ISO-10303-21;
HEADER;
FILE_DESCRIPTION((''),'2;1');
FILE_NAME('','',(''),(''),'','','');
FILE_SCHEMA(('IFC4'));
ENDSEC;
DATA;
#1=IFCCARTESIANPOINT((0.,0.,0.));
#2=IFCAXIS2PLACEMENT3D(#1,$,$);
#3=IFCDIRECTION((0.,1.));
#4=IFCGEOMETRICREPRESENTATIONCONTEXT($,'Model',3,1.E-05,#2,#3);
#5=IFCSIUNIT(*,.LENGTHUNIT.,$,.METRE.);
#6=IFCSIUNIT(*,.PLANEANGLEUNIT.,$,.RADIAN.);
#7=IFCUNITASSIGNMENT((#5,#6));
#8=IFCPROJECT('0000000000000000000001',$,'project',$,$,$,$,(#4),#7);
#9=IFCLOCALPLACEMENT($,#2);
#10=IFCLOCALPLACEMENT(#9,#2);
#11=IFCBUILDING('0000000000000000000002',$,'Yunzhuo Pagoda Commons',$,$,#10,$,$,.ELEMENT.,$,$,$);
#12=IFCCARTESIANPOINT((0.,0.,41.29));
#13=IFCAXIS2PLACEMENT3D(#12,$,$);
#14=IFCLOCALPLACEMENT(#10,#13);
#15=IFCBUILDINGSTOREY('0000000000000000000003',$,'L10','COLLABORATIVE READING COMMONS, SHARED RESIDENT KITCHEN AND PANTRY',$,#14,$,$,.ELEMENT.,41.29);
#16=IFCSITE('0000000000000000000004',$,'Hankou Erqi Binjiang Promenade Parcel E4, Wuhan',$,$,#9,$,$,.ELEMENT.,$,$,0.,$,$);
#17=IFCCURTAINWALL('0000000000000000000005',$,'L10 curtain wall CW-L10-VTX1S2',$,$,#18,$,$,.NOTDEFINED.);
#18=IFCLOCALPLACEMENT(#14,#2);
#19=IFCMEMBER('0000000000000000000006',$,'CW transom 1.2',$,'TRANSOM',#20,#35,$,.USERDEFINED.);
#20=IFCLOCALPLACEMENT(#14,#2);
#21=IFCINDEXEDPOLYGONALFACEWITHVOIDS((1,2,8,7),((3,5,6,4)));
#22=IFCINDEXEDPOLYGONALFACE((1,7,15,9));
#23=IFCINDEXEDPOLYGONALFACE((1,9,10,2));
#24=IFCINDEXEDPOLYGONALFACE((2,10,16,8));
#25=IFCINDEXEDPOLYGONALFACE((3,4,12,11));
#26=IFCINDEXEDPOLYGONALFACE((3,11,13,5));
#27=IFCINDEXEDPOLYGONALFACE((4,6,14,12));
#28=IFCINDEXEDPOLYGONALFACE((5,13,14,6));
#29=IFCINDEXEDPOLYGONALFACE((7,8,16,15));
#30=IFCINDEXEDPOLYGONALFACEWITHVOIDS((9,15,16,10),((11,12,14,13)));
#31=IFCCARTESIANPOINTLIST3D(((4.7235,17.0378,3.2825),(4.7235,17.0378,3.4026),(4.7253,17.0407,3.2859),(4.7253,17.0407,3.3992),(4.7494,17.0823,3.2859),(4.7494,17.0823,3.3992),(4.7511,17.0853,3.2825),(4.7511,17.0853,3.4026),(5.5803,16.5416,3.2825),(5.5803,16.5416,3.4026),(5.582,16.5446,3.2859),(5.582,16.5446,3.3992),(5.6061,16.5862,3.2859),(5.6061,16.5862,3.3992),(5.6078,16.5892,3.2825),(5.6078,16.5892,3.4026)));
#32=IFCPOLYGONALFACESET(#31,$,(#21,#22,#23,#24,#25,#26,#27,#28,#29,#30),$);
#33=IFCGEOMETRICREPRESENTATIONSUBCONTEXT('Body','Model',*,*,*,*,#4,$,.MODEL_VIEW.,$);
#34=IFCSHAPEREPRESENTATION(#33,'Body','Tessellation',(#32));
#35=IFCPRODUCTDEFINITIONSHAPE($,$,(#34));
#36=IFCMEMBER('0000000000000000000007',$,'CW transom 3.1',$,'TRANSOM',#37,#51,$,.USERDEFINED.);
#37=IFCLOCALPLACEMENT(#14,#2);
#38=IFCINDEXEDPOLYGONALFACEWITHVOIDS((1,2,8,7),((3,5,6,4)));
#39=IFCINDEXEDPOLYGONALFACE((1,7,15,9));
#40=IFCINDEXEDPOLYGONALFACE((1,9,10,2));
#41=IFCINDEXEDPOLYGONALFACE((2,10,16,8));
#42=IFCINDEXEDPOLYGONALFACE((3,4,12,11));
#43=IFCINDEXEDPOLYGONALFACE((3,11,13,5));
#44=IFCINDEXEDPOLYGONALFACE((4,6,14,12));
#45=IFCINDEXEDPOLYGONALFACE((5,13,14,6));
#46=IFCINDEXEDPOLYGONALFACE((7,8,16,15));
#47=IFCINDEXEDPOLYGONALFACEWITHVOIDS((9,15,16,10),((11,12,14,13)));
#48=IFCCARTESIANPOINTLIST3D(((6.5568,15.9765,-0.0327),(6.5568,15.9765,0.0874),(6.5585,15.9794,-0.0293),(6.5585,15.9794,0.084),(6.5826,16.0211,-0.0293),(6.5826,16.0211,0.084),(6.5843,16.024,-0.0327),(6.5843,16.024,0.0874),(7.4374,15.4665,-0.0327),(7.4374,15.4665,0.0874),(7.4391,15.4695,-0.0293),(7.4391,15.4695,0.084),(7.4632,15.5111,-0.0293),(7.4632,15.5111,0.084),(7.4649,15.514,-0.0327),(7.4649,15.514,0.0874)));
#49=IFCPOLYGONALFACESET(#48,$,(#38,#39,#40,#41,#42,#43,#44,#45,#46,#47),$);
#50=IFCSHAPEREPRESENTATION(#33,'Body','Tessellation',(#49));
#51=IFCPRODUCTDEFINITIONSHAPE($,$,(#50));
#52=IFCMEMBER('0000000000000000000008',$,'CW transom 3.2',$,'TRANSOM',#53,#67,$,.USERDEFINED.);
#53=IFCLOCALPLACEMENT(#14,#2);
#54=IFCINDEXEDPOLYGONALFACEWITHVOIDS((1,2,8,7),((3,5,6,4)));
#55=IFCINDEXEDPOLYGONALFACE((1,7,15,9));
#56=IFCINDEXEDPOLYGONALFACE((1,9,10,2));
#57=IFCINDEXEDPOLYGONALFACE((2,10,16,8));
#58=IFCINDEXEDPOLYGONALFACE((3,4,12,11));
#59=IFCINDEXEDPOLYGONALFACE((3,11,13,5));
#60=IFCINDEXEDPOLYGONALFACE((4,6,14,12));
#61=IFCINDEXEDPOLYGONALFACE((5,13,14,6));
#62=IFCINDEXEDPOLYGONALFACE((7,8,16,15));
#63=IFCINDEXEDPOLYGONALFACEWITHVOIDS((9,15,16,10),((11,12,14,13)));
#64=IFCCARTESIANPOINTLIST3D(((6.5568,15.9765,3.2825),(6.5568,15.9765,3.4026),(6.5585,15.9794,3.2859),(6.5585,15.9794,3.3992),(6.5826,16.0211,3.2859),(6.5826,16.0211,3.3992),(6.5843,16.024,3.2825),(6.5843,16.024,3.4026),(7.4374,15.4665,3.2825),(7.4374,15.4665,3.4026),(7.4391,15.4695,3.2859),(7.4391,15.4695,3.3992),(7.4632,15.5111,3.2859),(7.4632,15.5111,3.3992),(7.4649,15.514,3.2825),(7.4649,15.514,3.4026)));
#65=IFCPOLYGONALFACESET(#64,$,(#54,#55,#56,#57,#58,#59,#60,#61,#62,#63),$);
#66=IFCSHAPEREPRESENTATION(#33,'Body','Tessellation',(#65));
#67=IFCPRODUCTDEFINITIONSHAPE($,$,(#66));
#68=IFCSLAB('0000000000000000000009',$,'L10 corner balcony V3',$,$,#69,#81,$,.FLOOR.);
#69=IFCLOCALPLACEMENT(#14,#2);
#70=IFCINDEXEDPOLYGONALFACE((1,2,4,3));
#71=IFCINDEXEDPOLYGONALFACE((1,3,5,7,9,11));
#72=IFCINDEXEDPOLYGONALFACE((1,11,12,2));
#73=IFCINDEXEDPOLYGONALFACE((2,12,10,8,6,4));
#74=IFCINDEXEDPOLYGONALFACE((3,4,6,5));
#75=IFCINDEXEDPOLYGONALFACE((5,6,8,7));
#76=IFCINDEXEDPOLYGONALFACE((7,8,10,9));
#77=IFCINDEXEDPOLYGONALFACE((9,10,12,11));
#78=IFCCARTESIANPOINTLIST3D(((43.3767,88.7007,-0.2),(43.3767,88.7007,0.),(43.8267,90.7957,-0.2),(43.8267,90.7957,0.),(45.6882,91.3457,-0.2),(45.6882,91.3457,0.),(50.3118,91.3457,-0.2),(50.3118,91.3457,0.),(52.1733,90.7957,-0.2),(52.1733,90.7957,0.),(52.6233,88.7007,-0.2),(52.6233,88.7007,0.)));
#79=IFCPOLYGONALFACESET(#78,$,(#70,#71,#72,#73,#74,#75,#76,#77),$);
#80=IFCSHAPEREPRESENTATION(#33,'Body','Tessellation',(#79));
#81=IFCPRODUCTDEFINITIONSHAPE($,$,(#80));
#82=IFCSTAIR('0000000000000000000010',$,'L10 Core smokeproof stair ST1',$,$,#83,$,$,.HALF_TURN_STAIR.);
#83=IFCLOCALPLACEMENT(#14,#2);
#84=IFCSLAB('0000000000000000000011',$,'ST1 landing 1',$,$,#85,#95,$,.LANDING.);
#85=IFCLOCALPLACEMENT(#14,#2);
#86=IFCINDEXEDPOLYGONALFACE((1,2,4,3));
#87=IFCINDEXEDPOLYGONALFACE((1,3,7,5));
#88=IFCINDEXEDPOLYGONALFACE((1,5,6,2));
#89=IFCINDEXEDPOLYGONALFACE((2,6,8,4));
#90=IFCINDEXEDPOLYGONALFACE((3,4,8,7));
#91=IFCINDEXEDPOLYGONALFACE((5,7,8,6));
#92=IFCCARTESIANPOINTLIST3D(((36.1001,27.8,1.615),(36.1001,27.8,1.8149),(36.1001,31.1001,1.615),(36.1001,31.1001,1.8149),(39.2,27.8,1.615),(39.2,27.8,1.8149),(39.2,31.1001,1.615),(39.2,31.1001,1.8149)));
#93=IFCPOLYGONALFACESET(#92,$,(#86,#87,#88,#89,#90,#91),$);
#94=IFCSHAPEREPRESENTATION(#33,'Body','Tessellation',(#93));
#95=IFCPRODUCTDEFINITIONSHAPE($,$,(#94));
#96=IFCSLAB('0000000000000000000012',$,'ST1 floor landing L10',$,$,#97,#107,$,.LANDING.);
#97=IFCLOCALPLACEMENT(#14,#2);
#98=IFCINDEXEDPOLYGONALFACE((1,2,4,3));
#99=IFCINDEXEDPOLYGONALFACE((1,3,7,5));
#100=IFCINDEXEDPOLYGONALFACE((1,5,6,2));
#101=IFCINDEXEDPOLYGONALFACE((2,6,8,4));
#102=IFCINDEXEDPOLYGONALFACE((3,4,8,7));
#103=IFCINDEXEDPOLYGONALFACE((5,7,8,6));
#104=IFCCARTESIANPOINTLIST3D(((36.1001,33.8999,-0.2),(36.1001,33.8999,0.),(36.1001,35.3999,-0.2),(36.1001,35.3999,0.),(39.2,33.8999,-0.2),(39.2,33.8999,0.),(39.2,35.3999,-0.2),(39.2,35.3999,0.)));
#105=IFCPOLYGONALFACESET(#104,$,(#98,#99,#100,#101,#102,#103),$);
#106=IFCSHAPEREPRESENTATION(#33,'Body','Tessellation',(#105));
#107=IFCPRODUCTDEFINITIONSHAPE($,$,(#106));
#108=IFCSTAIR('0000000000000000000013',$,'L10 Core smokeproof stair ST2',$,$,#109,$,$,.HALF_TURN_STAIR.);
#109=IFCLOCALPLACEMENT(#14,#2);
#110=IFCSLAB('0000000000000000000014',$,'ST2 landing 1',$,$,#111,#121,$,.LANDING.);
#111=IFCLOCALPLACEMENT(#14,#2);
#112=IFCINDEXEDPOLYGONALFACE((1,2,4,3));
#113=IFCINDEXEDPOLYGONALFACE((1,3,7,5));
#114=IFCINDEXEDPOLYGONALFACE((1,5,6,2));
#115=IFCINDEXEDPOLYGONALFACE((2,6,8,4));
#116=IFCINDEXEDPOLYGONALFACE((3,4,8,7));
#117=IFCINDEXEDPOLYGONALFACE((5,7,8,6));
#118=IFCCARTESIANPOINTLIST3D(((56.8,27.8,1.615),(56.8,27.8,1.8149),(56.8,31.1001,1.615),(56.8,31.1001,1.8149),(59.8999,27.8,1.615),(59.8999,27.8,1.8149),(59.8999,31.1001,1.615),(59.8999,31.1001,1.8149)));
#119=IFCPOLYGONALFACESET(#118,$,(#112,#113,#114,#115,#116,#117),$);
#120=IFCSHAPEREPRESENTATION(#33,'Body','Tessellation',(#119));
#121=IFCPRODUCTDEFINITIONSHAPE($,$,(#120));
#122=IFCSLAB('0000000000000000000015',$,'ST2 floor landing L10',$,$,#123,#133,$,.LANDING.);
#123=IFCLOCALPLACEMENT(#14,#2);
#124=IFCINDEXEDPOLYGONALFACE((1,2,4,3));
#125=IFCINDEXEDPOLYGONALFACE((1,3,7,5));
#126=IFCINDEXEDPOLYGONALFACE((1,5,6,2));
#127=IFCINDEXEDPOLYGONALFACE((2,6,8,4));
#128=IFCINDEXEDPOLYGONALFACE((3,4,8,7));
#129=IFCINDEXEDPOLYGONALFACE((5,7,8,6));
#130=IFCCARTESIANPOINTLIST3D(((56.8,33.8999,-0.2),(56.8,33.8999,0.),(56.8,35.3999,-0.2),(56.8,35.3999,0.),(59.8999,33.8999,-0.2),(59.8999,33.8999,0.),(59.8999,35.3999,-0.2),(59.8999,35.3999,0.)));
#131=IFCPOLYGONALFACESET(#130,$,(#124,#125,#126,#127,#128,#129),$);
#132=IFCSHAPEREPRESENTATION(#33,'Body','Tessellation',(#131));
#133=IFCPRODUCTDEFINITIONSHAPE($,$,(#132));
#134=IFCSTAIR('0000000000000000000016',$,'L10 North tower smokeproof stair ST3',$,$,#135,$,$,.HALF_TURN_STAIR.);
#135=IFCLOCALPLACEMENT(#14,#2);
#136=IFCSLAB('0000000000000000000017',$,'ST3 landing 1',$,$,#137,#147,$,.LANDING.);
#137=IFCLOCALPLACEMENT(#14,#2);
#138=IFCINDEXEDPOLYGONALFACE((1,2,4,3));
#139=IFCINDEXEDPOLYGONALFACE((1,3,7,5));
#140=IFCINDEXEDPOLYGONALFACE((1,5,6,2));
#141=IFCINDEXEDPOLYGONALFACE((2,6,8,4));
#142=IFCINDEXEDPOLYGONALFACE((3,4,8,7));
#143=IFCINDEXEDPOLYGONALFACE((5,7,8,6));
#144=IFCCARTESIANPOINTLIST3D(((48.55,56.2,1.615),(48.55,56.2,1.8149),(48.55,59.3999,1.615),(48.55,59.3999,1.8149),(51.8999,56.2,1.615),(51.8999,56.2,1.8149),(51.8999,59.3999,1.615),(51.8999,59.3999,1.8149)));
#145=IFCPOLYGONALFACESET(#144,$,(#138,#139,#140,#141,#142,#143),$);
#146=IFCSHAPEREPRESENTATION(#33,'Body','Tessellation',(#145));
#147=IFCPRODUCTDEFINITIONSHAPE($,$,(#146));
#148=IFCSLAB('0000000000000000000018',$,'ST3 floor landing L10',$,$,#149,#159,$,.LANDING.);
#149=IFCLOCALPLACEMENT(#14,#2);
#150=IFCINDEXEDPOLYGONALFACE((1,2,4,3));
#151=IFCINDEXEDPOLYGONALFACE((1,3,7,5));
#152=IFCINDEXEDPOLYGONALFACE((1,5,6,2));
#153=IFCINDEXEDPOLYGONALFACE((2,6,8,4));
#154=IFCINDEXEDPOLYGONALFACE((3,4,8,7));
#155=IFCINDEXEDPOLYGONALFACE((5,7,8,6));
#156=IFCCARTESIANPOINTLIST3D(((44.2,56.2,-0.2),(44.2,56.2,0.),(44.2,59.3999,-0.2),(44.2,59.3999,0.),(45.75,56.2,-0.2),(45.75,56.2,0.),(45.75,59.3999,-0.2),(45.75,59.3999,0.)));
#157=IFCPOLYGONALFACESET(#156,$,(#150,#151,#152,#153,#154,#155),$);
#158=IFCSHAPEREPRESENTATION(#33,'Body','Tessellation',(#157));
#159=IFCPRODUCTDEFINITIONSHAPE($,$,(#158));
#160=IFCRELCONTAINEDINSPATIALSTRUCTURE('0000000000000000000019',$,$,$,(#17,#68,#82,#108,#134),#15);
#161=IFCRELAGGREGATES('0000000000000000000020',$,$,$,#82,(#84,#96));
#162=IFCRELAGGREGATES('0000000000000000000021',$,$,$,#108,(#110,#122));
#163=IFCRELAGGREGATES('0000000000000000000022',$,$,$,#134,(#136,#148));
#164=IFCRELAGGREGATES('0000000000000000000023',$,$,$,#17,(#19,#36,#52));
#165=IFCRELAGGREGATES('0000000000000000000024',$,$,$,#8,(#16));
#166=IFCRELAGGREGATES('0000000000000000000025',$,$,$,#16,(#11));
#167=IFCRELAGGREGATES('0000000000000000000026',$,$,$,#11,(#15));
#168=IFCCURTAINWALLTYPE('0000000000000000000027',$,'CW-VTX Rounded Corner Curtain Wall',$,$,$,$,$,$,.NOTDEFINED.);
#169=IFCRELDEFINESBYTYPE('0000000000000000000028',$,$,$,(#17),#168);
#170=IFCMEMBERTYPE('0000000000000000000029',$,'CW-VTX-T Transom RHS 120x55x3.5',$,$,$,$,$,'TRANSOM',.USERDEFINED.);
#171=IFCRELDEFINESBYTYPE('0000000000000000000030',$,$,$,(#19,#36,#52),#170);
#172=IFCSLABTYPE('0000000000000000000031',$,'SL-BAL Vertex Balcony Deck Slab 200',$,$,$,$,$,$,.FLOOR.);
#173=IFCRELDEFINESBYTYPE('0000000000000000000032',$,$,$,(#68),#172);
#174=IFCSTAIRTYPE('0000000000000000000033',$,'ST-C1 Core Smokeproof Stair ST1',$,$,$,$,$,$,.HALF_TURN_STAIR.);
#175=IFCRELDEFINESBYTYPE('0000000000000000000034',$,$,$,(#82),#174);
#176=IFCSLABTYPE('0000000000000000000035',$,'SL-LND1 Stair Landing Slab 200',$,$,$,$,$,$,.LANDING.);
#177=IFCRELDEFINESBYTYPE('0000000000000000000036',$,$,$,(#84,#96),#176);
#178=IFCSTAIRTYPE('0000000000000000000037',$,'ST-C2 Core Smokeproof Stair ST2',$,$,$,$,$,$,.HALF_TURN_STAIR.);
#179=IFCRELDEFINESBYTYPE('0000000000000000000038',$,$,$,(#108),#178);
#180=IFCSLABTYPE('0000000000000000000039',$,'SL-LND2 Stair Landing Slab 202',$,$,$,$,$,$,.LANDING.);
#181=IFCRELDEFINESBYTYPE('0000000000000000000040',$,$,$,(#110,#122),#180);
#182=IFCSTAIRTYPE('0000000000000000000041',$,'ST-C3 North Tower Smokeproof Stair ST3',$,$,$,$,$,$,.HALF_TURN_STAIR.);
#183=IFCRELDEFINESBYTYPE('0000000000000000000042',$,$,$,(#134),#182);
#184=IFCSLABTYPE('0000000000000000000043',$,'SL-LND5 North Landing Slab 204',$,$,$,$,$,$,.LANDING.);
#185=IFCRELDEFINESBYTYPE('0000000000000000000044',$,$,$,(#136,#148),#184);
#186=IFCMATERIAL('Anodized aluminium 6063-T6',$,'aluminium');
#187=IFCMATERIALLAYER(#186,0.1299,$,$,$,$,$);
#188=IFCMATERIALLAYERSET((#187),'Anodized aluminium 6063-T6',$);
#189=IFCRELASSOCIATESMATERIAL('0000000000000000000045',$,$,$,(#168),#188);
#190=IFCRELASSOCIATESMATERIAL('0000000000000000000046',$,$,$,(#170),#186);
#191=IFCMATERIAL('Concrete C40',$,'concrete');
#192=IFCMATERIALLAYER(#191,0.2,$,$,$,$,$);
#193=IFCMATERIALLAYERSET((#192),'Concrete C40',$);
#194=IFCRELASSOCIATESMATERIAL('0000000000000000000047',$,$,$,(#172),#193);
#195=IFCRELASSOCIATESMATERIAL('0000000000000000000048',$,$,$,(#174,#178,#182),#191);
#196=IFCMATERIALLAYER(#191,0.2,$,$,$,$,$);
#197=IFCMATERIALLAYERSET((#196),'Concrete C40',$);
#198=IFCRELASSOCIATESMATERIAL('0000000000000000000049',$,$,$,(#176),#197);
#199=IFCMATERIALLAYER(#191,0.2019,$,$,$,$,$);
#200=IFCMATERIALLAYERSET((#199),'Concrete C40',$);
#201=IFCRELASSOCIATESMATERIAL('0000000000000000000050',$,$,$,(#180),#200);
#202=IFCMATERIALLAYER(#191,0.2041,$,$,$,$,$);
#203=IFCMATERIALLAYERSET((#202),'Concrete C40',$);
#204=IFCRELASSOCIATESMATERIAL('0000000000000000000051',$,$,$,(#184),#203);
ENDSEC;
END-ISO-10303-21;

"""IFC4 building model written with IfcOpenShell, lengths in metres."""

from ifc_helpers import new_model, si_unit, direction, frame, origin, origin_2d, place, context, subcontext, project, spatial, polyline, hollow_rectangle, outline, extrude, source, transform, mapped, material, layer, layer_set, material_profile, profile_set, type_object, element, aggregate, save


model = new_model("IFC4")

# Units and contexts
model_context = context("Model", 3, precision=1e-05, world=origin(), true_north=direction((0.0, 1.0)))
body_context = subcontext(model_context, "Body", "Model", "MODEL_VIEW")
ifc_project = project(units=[si_unit("LENGTHUNIT", "METRE"), si_unit("PLANEANGLEUNIT", "RADIAN")], contexts=[model_context])

# Site, building, storey
site_placement = place(None, origin())
site = spatial("IfcSite", under=ifc_project, at=site_placement, Name="Hankou Erqi Binjiang Promenade Parcel E4, Wuhan", CompositionType="ELEMENT", RefElevation=0.0)
building_placement = place(site_placement, origin())
building = spatial("IfcBuilding", under=site, at=building_placement, Name="Yunzhuo Pagoda Commons", CompositionType="ELEMENT")
storey_placement = place(building_placement, frame((0.0, 0.0, 41.29)))
storey = spatial("IfcBuildingStorey", under=building, at=storey_placement, Name="L10", Description="COLLABORATIVE READING COMMONS, SHARED RESIDENT KITCHEN AND PANTRY", CompositionType="ELEMENT", Elevation=41.29)

# Curtain wall
ifc_material_1 = material(Name="Anodized aluminium 6063-T6", Category="aluminium")
ifc_layer_1 = layer(ifc_material_1, 0.1299)
ifc_layer_set_1 = layer_set([ifc_layer_1], Name="Anodized aluminium 6063-T6")
curtain_wall_type = type_object("IfcCurtainWallType", Name="CW-VTX Rounded Corner Curtain Wall", PredefinedType="NOTDEFINED", material=ifc_layer_set_1)
curtain_wall_1_placement = place(storey_placement, origin())
curtain_wall_1 = element("IfcCurtainWall", 1, at=curtain_wall_1_placement, inside=storey, type_object=curtain_wall_type, Name="L10 curtain wall CW-L10-VTX1S2", PredefinedType="NOTDEFINED")
ifc_material_profile_1 = material_profile(ifc_material_1, hollow_rectangle(XDim=0.0549, YDim=0.1201, WallThickness=0.0034, at=origin_2d()), Name="Anodized aluminium 6063-T6")
ifc_profile_set_1 = profile_set([ifc_material_profile_1], Name="Anodized aluminium 6063-T6")
member_type_1 = type_object("IfcMemberType", Name="CW-VTX-T Transom RHS 120x55x3.5", ElementType="TRANSOM", PredefinedType="USERDEFINED", material=ifc_profile_set_1)

# Members
shared_shape_1 = source(origin(), body_context, "Body", "SweptSolid", [
    extrude(hollow_rectangle(XDim=0.0549, YDim=0.1201, WallThickness=0.0034, at=origin_2d()), origin(), (0.0, 0.0, 1.0), 0.99),
])
member_1_placement = place(storey_placement, frame((4.7373, 17.0615, 3.3425), z_axis=(0.865376, -0.501124, 0.0), x_axis=(0.501124, 0.865376, 0.0)))
member_1 = element("IfcMember", 2, at=member_1_placement, type_object=member_type_1, Name="CW transom 1.2", ObjectType="TRANSOM", PredefinedType="USERDEFINED", context=body_context, shape_type="MappedRepresentation", body=[
    mapped(shared_shape_1, transform((0.0, 0.0, 0.0), scale=1.0)),
])
shared_shape_2 = source(origin(), body_context, "Body", "SweptSolid", [
    extrude(hollow_rectangle(XDim=0.0549, YDim=0.1201, WallThickness=0.0034, at=origin_2d()), origin(), (0.0, 0.0, 1.0), 1.0176),
])
member_2_placement = place(storey_placement, frame((6.5706, 16.0002, 0.0273), z_axis=(0.86535, -0.501169, 0.0), x_axis=(0.501169, 0.86535, 0.0)))
member_2 = element("IfcMember", 3, at=member_2_placement, type_object=member_type_1, Name="CW transom 3.1", ObjectType="TRANSOM", PredefinedType="USERDEFINED", context=body_context, shape_type="MappedRepresentation", body=[
    mapped(shared_shape_2, transform((0.0, 0.0, 0.0), scale=1.0)),
])
member_3_placement = place(storey_placement, frame((6.5706, 16.0002, 3.3425), z_axis=(0.86535, -0.501169, 0.0), x_axis=(0.501169, 0.86535, 0.0)))
member_3 = element("IfcMember", 4, at=member_3_placement, type_object=member_type_1, Name="CW transom 3.2", ObjectType="TRANSOM", PredefinedType="USERDEFINED", context=body_context, shape_type="MappedRepresentation", body=[
    mapped(shared_shape_2, transform((0.0, 0.0, 0.0), scale=1.0)),
])

# Slab
ifc_material_2 = material(Name="Concrete C40", Category="concrete")
ifc_layer_2 = layer(ifc_material_2, 0.2)
ifc_layer_set_2 = layer_set([ifc_layer_2], Name="Concrete C40")
slab_type_1 = type_object("IfcSlabType", Name="SL-BAL Vertex Balcony Deck Slab 200", PredefinedType="FLOOR", material=ifc_layer_set_2)
slab_1_placement = place(storey_placement, frame((0.0, 0.0, -0.2)))
element("IfcSlab", 5, at=slab_1_placement, inside=storey, type_object=slab_type_1, Name="L10 corner balcony V3", PredefinedType="FLOOR", context=body_context, shape_type="SweptSolid", body=[
    extrude(outline(polyline([(52.6233, 88.7007), (43.3767, 88.7007), (43.8267, 90.7957), (45.6882, 91.3457), (50.3118, 91.3457), (52.1733, 90.7957), (52.6233, 88.7007)])), origin(), (0.0, 0.0, 1.0), 0.2),
])

# Stairs, slabs
stair_type_1 = type_object("IfcStairType", Name="ST-C1 Core Smokeproof Stair ST1", PredefinedType="HALF_TURN_STAIR", material=ifc_material_2)
stair_1_placement = place(storey_placement, origin())
stair_1 = element("IfcStair", 6, at=stair_1_placement, inside=storey, type_object=stair_type_1, Name="L10 Core smokeproof stair ST1", PredefinedType="HALF_TURN_STAIR")
ifc_layer_3 = layer(ifc_material_2, 0.2)
ifc_layer_set_3 = layer_set([ifc_layer_3], Name="Concrete C40")
slab_type_2 = type_object("IfcSlabType", Name="SL-LND1 Stair Landing Slab 200", PredefinedType="LANDING", material=ifc_layer_set_3)
slab_2_placement = place(storey_placement, frame((0.0, 0.0, 1.615)))
slab_2 = element("IfcSlab", 7, at=slab_2_placement, type_object=slab_type_2, Name="ST1 landing 1", PredefinedType="LANDING", context=body_context, shape_type="SweptSolid", body=[
    extrude(outline(polyline([(36.1001, 31.1001), (36.1001, 27.8), (39.2, 27.8), (39.2, 31.1001), (36.1001, 31.1001)])), origin(), (0.0, 0.0, 1.0), 0.2),
])
slab_3_placement = place(storey_placement, frame((0.0, 0.0, -0.2)))
slab_3 = element("IfcSlab", 8, at=slab_3_placement, type_object=slab_type_2, Name="ST1 floor landing L10", PredefinedType="LANDING", context=body_context, shape_type="SweptSolid", body=[
    extrude(outline(polyline([(36.1001, 35.3999), (36.1001, 33.8999), (39.2, 33.8999), (39.2, 35.3999), (36.1001, 35.3999)])), origin(), (0.0, 0.0, 1.0), 0.2),
])
aggregate(stair_1, [slab_2, slab_3])
stair_type_2 = type_object("IfcStairType", Name="ST-C2 Core Smokeproof Stair ST2", PredefinedType="HALF_TURN_STAIR", material=ifc_material_2)
stair_2_placement = place(storey_placement, origin())
stair_2 = element("IfcStair", 9, at=stair_2_placement, inside=storey, type_object=stair_type_2, Name="L10 Core smokeproof stair ST2", PredefinedType="HALF_TURN_STAIR")
ifc_layer_4 = layer(ifc_material_2, 0.2019)
ifc_layer_set_4 = layer_set([ifc_layer_4], Name="Concrete C40")
slab_type_3 = type_object("IfcSlabType", Name="SL-LND2 Stair Landing Slab 202", PredefinedType="LANDING", material=ifc_layer_set_4)
slab_4_placement = place(storey_placement, frame((0.0, 0.0, 1.615)))
slab_4 = element("IfcSlab", 10, at=slab_4_placement, type_object=slab_type_3, Name="ST2 landing 1", PredefinedType="LANDING", context=body_context, shape_type="SweptSolid", body=[
    extrude(outline(polyline([(56.8, 31.1001), (56.8, 27.8), (59.8999, 27.8), (59.8999, 31.1001), (56.8, 31.1001)])), origin(), (0.0, 0.0, 1.0), 0.2),
])
slab_5_placement = place(storey_placement, frame((0.0, 0.0, -0.2)))
slab_5 = element("IfcSlab", 11, at=slab_5_placement, type_object=slab_type_3, Name="ST2 floor landing L10", PredefinedType="LANDING", context=body_context, shape_type="SweptSolid", body=[
    extrude(outline(polyline([(56.8, 35.3999), (56.8, 33.8999), (59.8999, 33.8999), (59.8999, 35.3999), (56.8, 35.3999)])), origin(), (0.0, 0.0, 1.0), 0.2),
])
aggregate(stair_2, [slab_4, slab_5])
stair_type_3 = type_object("IfcStairType", Name="ST-C3 North Tower Smokeproof Stair ST3", PredefinedType="HALF_TURN_STAIR", material=ifc_material_2)
stair_3_placement = place(storey_placement, origin())
stair_3 = element("IfcStair", 12, at=stair_3_placement, inside=storey, type_object=stair_type_3, Name="L10 North tower smokeproof stair ST3", PredefinedType="HALF_TURN_STAIR")
ifc_layer_5 = layer(ifc_material_2, 0.2041)
ifc_layer_set_5 = layer_set([ifc_layer_5], Name="Concrete C40")
slab_type_4 = type_object("IfcSlabType", Name="SL-LND5 North Landing Slab 204", PredefinedType="LANDING", material=ifc_layer_set_5)
slab_6_placement = place(storey_placement, frame((0.0, 0.0, 1.615)))
slab_6 = element("IfcSlab", 13, at=slab_6_placement, type_object=slab_type_4, Name="ST3 landing 1", PredefinedType="LANDING", context=body_context, shape_type="SweptSolid", body=[
    extrude(outline(polyline([(48.55, 56.2), (51.8999, 56.2), (51.8999, 59.3999), (48.55, 59.3999), (48.55, 56.2)])), origin(), (0.0, 0.0, 1.0), 0.2),
])
slab_7_placement = place(storey_placement, frame((0.0, 0.0, -0.2)))
slab_7 = element("IfcSlab", 14, at=slab_7_placement, type_object=slab_type_4, Name="ST3 floor landing L10", PredefinedType="LANDING", context=body_context, shape_type="SweptSolid", body=[
    extrude(outline(polyline([(44.2, 56.2), (45.75, 56.2), (45.75, 59.3999), (44.2, 59.3999), (44.2, 56.2)])), origin(), (0.0, 0.0, 1.0), 0.2),
])
aggregate(stair_3, [slab_6, slab_7])

aggregate(curtain_wall_1, [member_1, member_2, member_3])

save(model, "model.ifc")
